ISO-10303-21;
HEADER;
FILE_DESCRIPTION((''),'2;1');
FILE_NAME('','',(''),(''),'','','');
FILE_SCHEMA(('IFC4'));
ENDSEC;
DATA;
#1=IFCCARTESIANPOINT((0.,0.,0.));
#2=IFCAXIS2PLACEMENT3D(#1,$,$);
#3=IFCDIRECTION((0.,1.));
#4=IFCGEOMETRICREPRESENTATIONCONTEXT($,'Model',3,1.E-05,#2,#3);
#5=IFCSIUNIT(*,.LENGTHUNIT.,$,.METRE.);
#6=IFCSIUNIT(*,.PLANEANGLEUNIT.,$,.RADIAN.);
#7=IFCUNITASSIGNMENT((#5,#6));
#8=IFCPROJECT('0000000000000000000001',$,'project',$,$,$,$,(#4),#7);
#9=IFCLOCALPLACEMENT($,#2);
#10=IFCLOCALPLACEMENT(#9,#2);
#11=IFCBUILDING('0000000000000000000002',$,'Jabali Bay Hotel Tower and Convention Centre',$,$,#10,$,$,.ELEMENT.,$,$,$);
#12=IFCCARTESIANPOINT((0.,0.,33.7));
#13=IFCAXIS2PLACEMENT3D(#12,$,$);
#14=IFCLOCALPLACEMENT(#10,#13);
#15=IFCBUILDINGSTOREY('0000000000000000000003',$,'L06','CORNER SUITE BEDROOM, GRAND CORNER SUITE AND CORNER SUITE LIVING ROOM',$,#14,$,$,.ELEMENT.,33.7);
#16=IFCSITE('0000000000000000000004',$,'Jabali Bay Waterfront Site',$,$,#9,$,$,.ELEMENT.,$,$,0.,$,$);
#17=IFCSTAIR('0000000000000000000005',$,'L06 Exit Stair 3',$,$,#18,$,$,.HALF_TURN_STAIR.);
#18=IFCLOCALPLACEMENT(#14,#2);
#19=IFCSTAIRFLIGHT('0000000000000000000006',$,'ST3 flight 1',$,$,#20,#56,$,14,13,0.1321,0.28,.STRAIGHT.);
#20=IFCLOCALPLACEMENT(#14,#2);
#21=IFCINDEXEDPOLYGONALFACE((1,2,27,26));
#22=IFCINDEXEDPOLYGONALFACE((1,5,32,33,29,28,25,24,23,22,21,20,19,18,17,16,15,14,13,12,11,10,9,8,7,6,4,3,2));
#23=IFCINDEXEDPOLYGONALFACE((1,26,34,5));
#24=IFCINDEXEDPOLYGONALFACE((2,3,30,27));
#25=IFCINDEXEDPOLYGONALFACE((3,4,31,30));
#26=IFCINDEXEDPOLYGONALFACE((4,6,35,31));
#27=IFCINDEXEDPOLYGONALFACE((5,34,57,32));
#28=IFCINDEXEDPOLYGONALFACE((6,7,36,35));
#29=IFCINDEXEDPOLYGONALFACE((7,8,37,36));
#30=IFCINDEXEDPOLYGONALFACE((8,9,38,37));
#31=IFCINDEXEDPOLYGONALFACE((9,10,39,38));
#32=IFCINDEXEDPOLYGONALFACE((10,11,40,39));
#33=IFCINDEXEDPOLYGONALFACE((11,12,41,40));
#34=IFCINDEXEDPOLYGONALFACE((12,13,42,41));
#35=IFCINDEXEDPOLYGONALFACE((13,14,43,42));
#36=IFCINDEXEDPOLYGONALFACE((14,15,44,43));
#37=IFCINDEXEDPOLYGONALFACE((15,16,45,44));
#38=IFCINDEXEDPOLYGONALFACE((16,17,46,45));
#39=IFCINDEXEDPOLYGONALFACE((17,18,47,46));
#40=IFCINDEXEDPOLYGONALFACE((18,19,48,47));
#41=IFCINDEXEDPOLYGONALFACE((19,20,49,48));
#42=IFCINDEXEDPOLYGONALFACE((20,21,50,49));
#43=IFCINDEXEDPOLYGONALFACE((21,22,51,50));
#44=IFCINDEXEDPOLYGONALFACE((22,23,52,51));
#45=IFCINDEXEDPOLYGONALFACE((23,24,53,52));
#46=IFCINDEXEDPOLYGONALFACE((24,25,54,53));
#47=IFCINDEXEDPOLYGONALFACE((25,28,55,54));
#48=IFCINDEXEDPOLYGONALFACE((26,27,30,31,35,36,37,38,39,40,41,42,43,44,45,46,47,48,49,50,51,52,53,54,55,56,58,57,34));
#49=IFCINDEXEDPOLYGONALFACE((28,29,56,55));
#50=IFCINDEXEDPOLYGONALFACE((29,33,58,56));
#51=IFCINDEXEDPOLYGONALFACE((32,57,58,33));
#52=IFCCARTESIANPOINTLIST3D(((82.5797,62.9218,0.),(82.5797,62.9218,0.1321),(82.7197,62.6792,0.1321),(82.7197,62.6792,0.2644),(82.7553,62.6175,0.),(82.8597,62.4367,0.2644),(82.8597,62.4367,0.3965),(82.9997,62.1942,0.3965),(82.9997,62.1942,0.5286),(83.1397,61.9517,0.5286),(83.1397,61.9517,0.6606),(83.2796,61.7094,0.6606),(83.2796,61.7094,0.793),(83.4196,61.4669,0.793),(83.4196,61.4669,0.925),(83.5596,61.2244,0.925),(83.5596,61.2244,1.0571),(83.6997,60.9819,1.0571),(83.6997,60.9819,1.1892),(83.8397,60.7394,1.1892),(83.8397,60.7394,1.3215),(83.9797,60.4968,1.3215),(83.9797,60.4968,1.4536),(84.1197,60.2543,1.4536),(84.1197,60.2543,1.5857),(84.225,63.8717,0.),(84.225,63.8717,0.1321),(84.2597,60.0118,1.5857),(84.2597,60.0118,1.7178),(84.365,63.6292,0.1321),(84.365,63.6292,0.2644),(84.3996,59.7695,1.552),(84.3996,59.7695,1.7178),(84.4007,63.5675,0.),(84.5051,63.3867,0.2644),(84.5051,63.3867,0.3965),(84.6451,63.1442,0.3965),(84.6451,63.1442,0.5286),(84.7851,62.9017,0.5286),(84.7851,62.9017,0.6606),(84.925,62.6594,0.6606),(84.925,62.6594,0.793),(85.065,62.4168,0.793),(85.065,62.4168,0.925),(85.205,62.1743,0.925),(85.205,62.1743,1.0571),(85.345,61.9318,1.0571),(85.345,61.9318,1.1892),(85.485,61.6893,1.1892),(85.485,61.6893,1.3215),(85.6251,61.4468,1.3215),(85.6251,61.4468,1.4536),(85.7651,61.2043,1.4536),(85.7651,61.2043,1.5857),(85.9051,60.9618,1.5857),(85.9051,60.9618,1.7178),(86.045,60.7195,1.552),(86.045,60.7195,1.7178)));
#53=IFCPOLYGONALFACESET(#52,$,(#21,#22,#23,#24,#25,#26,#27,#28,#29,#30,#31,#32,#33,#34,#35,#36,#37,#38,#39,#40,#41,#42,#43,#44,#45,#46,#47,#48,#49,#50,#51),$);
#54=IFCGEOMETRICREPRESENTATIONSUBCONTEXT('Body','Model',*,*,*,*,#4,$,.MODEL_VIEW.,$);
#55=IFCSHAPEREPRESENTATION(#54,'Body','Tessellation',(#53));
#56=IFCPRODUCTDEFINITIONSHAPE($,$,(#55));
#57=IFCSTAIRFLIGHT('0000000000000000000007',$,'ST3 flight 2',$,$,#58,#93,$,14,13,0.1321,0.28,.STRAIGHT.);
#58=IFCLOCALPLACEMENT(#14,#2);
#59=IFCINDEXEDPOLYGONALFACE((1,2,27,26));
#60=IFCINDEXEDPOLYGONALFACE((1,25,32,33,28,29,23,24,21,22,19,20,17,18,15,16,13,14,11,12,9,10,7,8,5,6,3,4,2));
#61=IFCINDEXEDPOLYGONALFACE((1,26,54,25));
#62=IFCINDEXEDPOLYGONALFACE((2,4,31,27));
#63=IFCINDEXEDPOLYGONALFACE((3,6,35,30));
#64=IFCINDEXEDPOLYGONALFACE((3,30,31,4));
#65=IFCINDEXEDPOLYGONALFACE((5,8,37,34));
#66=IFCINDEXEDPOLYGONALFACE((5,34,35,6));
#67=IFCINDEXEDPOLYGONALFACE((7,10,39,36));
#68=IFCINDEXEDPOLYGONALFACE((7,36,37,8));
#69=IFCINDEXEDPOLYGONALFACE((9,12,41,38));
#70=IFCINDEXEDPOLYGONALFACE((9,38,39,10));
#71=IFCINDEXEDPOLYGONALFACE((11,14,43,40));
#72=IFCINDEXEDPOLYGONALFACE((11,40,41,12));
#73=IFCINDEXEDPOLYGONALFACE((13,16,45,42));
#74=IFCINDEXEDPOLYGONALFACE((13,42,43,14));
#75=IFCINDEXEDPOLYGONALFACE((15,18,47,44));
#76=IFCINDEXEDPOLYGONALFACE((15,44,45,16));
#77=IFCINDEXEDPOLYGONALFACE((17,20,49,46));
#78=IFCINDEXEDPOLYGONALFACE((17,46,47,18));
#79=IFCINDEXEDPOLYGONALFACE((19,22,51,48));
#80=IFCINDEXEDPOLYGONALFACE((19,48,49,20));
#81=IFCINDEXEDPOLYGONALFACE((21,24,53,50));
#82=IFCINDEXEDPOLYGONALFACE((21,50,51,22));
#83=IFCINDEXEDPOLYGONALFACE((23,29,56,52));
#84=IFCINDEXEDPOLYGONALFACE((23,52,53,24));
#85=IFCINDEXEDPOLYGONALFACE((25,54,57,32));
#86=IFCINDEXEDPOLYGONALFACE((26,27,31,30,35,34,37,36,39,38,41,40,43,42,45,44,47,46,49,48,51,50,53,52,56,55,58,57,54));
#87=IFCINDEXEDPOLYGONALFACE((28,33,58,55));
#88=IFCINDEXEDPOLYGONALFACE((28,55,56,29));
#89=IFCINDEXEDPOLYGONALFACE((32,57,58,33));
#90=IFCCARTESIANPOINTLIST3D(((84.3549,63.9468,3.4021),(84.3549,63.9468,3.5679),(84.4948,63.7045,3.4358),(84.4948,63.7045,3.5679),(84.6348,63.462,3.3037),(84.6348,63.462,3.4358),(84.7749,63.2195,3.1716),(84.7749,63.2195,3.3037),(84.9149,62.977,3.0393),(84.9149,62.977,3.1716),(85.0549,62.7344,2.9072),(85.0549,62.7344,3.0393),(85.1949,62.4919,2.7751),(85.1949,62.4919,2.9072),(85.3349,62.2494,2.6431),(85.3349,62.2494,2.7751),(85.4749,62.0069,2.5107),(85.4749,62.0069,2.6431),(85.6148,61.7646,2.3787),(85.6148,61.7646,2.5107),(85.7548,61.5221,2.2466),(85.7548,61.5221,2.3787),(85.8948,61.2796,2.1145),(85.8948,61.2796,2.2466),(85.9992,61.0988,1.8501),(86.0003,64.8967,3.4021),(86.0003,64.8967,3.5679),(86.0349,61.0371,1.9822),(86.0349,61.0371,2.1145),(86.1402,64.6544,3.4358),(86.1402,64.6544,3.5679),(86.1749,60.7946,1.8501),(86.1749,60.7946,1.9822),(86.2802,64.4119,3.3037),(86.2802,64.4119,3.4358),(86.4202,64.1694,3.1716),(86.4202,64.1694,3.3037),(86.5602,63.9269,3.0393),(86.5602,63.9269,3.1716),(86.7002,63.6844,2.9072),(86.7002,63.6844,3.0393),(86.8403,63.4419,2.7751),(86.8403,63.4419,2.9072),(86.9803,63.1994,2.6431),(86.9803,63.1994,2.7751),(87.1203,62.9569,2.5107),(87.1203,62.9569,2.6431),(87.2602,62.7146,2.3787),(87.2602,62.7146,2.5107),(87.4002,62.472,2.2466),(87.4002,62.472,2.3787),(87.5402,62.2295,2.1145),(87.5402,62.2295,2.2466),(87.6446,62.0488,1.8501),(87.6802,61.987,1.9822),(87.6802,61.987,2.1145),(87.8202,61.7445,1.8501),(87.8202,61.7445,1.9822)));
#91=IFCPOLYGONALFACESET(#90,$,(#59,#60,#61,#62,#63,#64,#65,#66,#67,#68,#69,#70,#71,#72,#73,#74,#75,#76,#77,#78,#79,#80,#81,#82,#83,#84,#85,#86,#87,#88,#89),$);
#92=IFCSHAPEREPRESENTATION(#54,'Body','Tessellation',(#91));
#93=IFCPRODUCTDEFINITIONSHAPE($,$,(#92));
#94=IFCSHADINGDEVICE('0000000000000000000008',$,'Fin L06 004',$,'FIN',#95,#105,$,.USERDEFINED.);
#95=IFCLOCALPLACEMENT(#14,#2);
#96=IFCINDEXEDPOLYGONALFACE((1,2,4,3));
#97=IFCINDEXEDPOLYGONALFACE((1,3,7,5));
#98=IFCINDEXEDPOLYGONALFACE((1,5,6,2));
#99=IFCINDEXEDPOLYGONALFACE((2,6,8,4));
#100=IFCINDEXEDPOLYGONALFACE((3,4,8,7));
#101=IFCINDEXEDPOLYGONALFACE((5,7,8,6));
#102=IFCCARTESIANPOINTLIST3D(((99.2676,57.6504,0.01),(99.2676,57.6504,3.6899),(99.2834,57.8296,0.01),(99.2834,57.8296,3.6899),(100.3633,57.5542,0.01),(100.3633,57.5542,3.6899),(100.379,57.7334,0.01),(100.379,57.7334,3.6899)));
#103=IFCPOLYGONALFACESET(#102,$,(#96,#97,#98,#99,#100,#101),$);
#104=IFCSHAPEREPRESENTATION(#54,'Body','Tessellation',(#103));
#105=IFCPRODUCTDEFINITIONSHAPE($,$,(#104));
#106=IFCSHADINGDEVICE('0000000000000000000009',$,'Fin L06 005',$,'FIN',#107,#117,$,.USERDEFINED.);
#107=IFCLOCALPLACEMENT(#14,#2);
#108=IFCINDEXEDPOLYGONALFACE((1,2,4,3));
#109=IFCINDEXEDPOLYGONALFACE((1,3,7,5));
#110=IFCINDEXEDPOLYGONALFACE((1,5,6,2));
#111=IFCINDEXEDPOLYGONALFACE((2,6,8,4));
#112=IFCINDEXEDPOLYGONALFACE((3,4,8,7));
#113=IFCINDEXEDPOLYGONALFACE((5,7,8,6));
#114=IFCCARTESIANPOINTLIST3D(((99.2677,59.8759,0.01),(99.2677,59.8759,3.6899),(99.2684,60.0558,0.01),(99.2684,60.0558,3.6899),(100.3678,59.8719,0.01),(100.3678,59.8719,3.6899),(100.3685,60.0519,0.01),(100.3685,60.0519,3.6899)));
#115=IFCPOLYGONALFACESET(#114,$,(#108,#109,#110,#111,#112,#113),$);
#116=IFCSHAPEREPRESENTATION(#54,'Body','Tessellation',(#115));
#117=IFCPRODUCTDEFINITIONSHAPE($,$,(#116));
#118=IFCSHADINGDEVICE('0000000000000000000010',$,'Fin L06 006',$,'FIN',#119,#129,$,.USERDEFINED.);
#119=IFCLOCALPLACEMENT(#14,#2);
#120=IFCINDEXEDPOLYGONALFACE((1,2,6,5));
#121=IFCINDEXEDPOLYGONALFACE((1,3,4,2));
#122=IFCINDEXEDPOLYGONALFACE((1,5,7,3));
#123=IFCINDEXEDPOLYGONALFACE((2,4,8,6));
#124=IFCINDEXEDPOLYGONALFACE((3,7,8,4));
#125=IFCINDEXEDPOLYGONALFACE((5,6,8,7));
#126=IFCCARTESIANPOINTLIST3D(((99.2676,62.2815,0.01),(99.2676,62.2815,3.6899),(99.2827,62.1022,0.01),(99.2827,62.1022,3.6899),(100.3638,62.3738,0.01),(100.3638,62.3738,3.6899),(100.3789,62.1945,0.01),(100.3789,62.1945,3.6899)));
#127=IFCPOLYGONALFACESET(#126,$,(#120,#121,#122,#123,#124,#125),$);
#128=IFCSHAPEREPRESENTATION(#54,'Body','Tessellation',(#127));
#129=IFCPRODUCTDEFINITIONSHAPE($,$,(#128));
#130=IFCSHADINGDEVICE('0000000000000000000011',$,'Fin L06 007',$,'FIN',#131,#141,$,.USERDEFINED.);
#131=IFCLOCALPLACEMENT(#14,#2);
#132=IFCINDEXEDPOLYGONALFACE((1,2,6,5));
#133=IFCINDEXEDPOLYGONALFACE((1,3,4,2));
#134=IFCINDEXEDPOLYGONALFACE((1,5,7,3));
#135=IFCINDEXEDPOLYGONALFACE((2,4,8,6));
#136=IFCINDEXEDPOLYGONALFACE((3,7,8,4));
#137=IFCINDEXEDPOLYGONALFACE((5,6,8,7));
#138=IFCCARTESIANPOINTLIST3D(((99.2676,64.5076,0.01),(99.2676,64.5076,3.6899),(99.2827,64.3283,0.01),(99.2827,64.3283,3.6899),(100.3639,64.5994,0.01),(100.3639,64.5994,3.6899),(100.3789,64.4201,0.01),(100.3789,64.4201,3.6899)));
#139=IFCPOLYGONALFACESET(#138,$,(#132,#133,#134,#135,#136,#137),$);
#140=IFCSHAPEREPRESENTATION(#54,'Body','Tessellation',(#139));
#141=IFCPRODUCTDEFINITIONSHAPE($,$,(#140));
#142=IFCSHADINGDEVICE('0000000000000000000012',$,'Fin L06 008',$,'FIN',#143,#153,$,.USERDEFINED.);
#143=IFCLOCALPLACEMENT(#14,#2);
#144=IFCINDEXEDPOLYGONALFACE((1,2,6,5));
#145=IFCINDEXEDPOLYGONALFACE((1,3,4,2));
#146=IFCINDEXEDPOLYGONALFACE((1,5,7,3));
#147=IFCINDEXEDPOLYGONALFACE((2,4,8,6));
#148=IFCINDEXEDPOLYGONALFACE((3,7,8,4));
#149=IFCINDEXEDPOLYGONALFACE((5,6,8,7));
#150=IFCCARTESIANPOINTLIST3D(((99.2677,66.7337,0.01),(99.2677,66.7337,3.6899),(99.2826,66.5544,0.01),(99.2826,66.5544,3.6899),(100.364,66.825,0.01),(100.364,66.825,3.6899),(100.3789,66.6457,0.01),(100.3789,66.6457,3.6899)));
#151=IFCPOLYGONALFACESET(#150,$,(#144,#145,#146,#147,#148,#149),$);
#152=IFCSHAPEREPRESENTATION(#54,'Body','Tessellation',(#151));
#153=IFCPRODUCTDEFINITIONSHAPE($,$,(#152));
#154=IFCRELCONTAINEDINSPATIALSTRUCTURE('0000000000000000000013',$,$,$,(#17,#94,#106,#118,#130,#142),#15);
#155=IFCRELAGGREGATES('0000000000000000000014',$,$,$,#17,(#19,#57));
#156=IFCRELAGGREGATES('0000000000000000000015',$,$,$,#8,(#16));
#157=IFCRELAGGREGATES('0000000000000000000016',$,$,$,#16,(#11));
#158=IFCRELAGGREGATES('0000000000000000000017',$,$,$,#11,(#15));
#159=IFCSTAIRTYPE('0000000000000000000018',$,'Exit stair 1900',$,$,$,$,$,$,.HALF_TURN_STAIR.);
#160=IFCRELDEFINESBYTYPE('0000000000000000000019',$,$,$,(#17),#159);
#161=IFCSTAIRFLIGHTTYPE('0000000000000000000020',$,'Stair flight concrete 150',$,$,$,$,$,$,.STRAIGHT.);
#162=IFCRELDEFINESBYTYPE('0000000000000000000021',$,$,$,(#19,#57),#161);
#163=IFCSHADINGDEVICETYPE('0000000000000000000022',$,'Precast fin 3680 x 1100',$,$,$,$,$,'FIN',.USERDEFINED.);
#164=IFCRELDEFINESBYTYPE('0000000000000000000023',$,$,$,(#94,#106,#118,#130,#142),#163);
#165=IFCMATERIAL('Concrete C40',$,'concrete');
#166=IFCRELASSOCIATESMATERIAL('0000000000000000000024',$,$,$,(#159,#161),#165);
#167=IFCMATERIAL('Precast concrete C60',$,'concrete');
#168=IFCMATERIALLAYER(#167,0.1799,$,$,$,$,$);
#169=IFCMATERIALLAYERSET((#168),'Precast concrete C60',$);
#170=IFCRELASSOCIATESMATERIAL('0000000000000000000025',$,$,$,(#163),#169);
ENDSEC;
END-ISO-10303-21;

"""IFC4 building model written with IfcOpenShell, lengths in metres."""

from ifc_helpers import new_model, si_unit, direction, frame, frame_2d, origin, place, context, subcontext, project, spatial, polyline, rectangle, outline, extrude, material, layer, layer_set, type_object, element, aggregate, save


model = new_model("IFC4")

# Units and contexts
model_context = context("Model", 3, precision=1e-05, world=origin(), true_north=direction((0.0, 1.0)))
body_context = subcontext(model_context, "Body", "Model", "MODEL_VIEW")
ifc_project = project(units=[si_unit("LENGTHUNIT", "METRE"), si_unit("PLANEANGLEUNIT", "RADIAN")], contexts=[model_context])

# Site, building, storey
site_placement = place(None, origin())
site = spatial("IfcSite", under=ifc_project, at=site_placement, Name="Jabali Bay Waterfront Site", CompositionType="ELEMENT", RefElevation=0.0)
building_placement = place(site_placement, origin())
building = spatial("IfcBuilding", under=site, at=building_placement, Name="Jabali Bay Hotel Tower and Convention Centre", CompositionType="ELEMENT")
storey_placement = place(building_placement, frame((0.0, 0.0, 33.7)))
storey = spatial("IfcBuildingStorey", under=building, at=storey_placement, Name="L06", Description="CORNER SUITE BEDROOM, GRAND CORNER SUITE AND CORNER SUITE LIVING ROOM", CompositionType="ELEMENT", Elevation=33.7)

# Shared definitions
ifc_material_1 = material(Name="Concrete C40", Category="concrete")

# Stair, stair flights
stair_type = type_object("IfcStairType", Name="Exit stair 1900", PredefinedType="HALF_TURN_STAIR", material=ifc_material_1)
stair_placement = place(storey_placement, origin())
stair = element("IfcStair", 1, at=stair_placement, inside=storey, type_object=stair_type, Name="L06 Exit Stair 3", PredefinedType="HALF_TURN_STAIR")
stair_flight_type = type_object("IfcStairFlightType", Name="Stair flight concrete 150", PredefinedType="STRAIGHT", material=ifc_material_1)
stair_flight_1_placement = place(storey_placement, frame((83.4023, 63.3967, 0.0), z_axis=(0.0, 0.0, 1.0), x_axis=(0.5, -0.866025, 0.0)))
stair_flight_1 = element("IfcStairFlight", 2, at=stair_flight_1_placement, type_object=stair_flight_type, Name="ST3 flight 1", NumberOfRisers=14, NumberOfTreads=13, PredefinedType="STRAIGHT", RiserHeight=0.1321, TreadLength=0.28, context=body_context, shape_type="SweptSolid", body=[
    extrude(outline(polyline([(0.0, 0.0), (0.0, 0.1321), (0.28, 0.1321), (0.28, 0.2644), (0.5601, 0.2644), (0.5601, 0.3965), (0.8401, 0.3965), (0.8401, 0.5286), (1.1201, 0.5286), (1.1201, 0.6606), (1.3999, 0.6606), (1.3999, 0.793), (1.6799, 0.793), (1.6799, 0.925), (1.96, 0.925), (1.96, 1.0571), (2.24, 1.0571), (2.24, 1.1892), (2.52, 1.1892), (2.52, 1.3215), (2.8, 1.3215), (2.8, 1.4536), (3.0801, 1.4536), (3.0801, 1.5857), (3.3601, 1.5857), (3.3601, 1.7178), (3.6399, 1.7178), (3.6399, 1.8501), (3.6399, 1.552), (0.3513, 0.0), (0.0, 0.0)])), frame((0.0, 0.95, 0.0), z_axis=(0.0, -1.0, 0.0), x_axis=(1.0, 0.0, 0.0)), (0.0, 0.0, 1.0), 1.8999),
])
stair_flight_2_placement = place(storey_placement, frame((86.9976, 61.2695, 1.8501), z_axis=(0.0, 0.0, 1.0), x_axis=(-0.5, 0.866025, 0.0)))
stair_flight_2 = element("IfcStairFlight", 3, at=stair_flight_2_placement, type_object=stair_flight_type, Name="ST3 flight 2", NumberOfRisers=14, NumberOfTreads=13, PredefinedType="STRAIGHT", RiserHeight=0.1321, TreadLength=0.28, context=body_context, shape_type="SweptSolid", body=[
    extrude(outline(polyline([(0.0, 0.0), (0.0, 0.1321), (0.28, 0.1321), (0.28, 0.2644), (0.5601, 0.2644), (0.5601, 0.3965), (0.8401, 0.3965), (0.8401, 0.5286), (1.1201, 0.5286), (1.1201, 0.6606), (1.3999, 0.6606), (1.3999, 0.793), (1.6799, 0.793), (1.6799, 0.925), (1.96, 0.925), (1.96, 1.0571), (2.24, 1.0571), (2.24, 1.1892), (2.52, 1.1892), (2.52, 1.3215), (2.8, 1.3215), (2.8, 1.4536), (3.0801, 1.4536), (3.0801, 1.5857), (3.3601, 1.5857), (3.3601, 1.7178), (3.6399, 1.7178), (3.6399, 1.8501), (3.6399, 1.552), (0.3513, 0.0), (0.0, 0.0)])), frame((0.0, 0.95, 0.0), z_axis=(0.0, -1.0, 0.0), x_axis=(1.0, 0.0, 0.0)), (0.0, 0.0, 1.0), 1.8999),
])
aggregate(stair, [stair_flight_1, stair_flight_2])

# Shading devices
ifc_material_2 = material(Name="Precast concrete C60", Category="concrete")
ifc_layer_1 = layer(ifc_material_2, 0.1799)
ifc_layer_set_1 = layer_set([ifc_layer_1], Name="Precast concrete C60")
shading_device_type = type_object("IfcShadingDeviceType", Name="Precast fin 3680 x 1100", ElementType="FIN", PredefinedType="USERDEFINED", material=ifc_layer_set_1)
shading_device_placement = place(storey_placement, frame((99.2756, 57.74, 0.01), z_axis=(0.0, 0.0, 1.0), x_axis=(0.996169, -0.087453, 0.0)))
element("IfcShadingDevice", 4, at=shading_device_placement, inside=storey, type_object=shading_device_type, Name="Fin L06 004", ObjectType="FIN", PredefinedType="USERDEFINED", context=body_context, shape_type="SweptSolid", body=[
    extrude(rectangle(XDim=1.0999, YDim=0.1799, at=frame_2d((0.5498, 0.0))), origin(), (0.0, 0.0, 1.0), 3.6799),
])
for number, where, z_axis, x_axis, name in (
    (5, (99.2681, 59.9658, 0.01), (0.0, 0.0, 1.0), (0.999994, -0.003551, 0.0), "Fin L06 005"),
    (6, (99.2751, 62.1919, 0.01), (0.0, 0.0, 1.0), (0.996475, 0.08389, 0.0), "Fin L06 006"),
    (7, (99.2751, 64.418, 0.01), (0.0, 0.0, 1.0), (0.996512, 0.08345, 0.0), "Fin L06 007"),
    (8, (99.2751, 66.644, 0.01), (0.0, 0.0, 1.0), (0.996549, 0.083009, 0.0), "Fin L06 008"),
):
    element("IfcShadingDevice", number, at=place(storey_placement, frame(where, z_axis=z_axis, x_axis=x_axis)), inside=storey, type_object=shading_device_type, Name=name, ObjectType="FIN", PredefinedType="USERDEFINED", context=body_context, shape_type="SweptSolid", body=[
        extrude(rectangle(XDim=1.1001, YDim=0.1799, at=frame_2d((0.55, 0.0))), origin(), (0.0, 0.0, 1.0), 3.6799),
    ])

save(model, "model.ifc")
